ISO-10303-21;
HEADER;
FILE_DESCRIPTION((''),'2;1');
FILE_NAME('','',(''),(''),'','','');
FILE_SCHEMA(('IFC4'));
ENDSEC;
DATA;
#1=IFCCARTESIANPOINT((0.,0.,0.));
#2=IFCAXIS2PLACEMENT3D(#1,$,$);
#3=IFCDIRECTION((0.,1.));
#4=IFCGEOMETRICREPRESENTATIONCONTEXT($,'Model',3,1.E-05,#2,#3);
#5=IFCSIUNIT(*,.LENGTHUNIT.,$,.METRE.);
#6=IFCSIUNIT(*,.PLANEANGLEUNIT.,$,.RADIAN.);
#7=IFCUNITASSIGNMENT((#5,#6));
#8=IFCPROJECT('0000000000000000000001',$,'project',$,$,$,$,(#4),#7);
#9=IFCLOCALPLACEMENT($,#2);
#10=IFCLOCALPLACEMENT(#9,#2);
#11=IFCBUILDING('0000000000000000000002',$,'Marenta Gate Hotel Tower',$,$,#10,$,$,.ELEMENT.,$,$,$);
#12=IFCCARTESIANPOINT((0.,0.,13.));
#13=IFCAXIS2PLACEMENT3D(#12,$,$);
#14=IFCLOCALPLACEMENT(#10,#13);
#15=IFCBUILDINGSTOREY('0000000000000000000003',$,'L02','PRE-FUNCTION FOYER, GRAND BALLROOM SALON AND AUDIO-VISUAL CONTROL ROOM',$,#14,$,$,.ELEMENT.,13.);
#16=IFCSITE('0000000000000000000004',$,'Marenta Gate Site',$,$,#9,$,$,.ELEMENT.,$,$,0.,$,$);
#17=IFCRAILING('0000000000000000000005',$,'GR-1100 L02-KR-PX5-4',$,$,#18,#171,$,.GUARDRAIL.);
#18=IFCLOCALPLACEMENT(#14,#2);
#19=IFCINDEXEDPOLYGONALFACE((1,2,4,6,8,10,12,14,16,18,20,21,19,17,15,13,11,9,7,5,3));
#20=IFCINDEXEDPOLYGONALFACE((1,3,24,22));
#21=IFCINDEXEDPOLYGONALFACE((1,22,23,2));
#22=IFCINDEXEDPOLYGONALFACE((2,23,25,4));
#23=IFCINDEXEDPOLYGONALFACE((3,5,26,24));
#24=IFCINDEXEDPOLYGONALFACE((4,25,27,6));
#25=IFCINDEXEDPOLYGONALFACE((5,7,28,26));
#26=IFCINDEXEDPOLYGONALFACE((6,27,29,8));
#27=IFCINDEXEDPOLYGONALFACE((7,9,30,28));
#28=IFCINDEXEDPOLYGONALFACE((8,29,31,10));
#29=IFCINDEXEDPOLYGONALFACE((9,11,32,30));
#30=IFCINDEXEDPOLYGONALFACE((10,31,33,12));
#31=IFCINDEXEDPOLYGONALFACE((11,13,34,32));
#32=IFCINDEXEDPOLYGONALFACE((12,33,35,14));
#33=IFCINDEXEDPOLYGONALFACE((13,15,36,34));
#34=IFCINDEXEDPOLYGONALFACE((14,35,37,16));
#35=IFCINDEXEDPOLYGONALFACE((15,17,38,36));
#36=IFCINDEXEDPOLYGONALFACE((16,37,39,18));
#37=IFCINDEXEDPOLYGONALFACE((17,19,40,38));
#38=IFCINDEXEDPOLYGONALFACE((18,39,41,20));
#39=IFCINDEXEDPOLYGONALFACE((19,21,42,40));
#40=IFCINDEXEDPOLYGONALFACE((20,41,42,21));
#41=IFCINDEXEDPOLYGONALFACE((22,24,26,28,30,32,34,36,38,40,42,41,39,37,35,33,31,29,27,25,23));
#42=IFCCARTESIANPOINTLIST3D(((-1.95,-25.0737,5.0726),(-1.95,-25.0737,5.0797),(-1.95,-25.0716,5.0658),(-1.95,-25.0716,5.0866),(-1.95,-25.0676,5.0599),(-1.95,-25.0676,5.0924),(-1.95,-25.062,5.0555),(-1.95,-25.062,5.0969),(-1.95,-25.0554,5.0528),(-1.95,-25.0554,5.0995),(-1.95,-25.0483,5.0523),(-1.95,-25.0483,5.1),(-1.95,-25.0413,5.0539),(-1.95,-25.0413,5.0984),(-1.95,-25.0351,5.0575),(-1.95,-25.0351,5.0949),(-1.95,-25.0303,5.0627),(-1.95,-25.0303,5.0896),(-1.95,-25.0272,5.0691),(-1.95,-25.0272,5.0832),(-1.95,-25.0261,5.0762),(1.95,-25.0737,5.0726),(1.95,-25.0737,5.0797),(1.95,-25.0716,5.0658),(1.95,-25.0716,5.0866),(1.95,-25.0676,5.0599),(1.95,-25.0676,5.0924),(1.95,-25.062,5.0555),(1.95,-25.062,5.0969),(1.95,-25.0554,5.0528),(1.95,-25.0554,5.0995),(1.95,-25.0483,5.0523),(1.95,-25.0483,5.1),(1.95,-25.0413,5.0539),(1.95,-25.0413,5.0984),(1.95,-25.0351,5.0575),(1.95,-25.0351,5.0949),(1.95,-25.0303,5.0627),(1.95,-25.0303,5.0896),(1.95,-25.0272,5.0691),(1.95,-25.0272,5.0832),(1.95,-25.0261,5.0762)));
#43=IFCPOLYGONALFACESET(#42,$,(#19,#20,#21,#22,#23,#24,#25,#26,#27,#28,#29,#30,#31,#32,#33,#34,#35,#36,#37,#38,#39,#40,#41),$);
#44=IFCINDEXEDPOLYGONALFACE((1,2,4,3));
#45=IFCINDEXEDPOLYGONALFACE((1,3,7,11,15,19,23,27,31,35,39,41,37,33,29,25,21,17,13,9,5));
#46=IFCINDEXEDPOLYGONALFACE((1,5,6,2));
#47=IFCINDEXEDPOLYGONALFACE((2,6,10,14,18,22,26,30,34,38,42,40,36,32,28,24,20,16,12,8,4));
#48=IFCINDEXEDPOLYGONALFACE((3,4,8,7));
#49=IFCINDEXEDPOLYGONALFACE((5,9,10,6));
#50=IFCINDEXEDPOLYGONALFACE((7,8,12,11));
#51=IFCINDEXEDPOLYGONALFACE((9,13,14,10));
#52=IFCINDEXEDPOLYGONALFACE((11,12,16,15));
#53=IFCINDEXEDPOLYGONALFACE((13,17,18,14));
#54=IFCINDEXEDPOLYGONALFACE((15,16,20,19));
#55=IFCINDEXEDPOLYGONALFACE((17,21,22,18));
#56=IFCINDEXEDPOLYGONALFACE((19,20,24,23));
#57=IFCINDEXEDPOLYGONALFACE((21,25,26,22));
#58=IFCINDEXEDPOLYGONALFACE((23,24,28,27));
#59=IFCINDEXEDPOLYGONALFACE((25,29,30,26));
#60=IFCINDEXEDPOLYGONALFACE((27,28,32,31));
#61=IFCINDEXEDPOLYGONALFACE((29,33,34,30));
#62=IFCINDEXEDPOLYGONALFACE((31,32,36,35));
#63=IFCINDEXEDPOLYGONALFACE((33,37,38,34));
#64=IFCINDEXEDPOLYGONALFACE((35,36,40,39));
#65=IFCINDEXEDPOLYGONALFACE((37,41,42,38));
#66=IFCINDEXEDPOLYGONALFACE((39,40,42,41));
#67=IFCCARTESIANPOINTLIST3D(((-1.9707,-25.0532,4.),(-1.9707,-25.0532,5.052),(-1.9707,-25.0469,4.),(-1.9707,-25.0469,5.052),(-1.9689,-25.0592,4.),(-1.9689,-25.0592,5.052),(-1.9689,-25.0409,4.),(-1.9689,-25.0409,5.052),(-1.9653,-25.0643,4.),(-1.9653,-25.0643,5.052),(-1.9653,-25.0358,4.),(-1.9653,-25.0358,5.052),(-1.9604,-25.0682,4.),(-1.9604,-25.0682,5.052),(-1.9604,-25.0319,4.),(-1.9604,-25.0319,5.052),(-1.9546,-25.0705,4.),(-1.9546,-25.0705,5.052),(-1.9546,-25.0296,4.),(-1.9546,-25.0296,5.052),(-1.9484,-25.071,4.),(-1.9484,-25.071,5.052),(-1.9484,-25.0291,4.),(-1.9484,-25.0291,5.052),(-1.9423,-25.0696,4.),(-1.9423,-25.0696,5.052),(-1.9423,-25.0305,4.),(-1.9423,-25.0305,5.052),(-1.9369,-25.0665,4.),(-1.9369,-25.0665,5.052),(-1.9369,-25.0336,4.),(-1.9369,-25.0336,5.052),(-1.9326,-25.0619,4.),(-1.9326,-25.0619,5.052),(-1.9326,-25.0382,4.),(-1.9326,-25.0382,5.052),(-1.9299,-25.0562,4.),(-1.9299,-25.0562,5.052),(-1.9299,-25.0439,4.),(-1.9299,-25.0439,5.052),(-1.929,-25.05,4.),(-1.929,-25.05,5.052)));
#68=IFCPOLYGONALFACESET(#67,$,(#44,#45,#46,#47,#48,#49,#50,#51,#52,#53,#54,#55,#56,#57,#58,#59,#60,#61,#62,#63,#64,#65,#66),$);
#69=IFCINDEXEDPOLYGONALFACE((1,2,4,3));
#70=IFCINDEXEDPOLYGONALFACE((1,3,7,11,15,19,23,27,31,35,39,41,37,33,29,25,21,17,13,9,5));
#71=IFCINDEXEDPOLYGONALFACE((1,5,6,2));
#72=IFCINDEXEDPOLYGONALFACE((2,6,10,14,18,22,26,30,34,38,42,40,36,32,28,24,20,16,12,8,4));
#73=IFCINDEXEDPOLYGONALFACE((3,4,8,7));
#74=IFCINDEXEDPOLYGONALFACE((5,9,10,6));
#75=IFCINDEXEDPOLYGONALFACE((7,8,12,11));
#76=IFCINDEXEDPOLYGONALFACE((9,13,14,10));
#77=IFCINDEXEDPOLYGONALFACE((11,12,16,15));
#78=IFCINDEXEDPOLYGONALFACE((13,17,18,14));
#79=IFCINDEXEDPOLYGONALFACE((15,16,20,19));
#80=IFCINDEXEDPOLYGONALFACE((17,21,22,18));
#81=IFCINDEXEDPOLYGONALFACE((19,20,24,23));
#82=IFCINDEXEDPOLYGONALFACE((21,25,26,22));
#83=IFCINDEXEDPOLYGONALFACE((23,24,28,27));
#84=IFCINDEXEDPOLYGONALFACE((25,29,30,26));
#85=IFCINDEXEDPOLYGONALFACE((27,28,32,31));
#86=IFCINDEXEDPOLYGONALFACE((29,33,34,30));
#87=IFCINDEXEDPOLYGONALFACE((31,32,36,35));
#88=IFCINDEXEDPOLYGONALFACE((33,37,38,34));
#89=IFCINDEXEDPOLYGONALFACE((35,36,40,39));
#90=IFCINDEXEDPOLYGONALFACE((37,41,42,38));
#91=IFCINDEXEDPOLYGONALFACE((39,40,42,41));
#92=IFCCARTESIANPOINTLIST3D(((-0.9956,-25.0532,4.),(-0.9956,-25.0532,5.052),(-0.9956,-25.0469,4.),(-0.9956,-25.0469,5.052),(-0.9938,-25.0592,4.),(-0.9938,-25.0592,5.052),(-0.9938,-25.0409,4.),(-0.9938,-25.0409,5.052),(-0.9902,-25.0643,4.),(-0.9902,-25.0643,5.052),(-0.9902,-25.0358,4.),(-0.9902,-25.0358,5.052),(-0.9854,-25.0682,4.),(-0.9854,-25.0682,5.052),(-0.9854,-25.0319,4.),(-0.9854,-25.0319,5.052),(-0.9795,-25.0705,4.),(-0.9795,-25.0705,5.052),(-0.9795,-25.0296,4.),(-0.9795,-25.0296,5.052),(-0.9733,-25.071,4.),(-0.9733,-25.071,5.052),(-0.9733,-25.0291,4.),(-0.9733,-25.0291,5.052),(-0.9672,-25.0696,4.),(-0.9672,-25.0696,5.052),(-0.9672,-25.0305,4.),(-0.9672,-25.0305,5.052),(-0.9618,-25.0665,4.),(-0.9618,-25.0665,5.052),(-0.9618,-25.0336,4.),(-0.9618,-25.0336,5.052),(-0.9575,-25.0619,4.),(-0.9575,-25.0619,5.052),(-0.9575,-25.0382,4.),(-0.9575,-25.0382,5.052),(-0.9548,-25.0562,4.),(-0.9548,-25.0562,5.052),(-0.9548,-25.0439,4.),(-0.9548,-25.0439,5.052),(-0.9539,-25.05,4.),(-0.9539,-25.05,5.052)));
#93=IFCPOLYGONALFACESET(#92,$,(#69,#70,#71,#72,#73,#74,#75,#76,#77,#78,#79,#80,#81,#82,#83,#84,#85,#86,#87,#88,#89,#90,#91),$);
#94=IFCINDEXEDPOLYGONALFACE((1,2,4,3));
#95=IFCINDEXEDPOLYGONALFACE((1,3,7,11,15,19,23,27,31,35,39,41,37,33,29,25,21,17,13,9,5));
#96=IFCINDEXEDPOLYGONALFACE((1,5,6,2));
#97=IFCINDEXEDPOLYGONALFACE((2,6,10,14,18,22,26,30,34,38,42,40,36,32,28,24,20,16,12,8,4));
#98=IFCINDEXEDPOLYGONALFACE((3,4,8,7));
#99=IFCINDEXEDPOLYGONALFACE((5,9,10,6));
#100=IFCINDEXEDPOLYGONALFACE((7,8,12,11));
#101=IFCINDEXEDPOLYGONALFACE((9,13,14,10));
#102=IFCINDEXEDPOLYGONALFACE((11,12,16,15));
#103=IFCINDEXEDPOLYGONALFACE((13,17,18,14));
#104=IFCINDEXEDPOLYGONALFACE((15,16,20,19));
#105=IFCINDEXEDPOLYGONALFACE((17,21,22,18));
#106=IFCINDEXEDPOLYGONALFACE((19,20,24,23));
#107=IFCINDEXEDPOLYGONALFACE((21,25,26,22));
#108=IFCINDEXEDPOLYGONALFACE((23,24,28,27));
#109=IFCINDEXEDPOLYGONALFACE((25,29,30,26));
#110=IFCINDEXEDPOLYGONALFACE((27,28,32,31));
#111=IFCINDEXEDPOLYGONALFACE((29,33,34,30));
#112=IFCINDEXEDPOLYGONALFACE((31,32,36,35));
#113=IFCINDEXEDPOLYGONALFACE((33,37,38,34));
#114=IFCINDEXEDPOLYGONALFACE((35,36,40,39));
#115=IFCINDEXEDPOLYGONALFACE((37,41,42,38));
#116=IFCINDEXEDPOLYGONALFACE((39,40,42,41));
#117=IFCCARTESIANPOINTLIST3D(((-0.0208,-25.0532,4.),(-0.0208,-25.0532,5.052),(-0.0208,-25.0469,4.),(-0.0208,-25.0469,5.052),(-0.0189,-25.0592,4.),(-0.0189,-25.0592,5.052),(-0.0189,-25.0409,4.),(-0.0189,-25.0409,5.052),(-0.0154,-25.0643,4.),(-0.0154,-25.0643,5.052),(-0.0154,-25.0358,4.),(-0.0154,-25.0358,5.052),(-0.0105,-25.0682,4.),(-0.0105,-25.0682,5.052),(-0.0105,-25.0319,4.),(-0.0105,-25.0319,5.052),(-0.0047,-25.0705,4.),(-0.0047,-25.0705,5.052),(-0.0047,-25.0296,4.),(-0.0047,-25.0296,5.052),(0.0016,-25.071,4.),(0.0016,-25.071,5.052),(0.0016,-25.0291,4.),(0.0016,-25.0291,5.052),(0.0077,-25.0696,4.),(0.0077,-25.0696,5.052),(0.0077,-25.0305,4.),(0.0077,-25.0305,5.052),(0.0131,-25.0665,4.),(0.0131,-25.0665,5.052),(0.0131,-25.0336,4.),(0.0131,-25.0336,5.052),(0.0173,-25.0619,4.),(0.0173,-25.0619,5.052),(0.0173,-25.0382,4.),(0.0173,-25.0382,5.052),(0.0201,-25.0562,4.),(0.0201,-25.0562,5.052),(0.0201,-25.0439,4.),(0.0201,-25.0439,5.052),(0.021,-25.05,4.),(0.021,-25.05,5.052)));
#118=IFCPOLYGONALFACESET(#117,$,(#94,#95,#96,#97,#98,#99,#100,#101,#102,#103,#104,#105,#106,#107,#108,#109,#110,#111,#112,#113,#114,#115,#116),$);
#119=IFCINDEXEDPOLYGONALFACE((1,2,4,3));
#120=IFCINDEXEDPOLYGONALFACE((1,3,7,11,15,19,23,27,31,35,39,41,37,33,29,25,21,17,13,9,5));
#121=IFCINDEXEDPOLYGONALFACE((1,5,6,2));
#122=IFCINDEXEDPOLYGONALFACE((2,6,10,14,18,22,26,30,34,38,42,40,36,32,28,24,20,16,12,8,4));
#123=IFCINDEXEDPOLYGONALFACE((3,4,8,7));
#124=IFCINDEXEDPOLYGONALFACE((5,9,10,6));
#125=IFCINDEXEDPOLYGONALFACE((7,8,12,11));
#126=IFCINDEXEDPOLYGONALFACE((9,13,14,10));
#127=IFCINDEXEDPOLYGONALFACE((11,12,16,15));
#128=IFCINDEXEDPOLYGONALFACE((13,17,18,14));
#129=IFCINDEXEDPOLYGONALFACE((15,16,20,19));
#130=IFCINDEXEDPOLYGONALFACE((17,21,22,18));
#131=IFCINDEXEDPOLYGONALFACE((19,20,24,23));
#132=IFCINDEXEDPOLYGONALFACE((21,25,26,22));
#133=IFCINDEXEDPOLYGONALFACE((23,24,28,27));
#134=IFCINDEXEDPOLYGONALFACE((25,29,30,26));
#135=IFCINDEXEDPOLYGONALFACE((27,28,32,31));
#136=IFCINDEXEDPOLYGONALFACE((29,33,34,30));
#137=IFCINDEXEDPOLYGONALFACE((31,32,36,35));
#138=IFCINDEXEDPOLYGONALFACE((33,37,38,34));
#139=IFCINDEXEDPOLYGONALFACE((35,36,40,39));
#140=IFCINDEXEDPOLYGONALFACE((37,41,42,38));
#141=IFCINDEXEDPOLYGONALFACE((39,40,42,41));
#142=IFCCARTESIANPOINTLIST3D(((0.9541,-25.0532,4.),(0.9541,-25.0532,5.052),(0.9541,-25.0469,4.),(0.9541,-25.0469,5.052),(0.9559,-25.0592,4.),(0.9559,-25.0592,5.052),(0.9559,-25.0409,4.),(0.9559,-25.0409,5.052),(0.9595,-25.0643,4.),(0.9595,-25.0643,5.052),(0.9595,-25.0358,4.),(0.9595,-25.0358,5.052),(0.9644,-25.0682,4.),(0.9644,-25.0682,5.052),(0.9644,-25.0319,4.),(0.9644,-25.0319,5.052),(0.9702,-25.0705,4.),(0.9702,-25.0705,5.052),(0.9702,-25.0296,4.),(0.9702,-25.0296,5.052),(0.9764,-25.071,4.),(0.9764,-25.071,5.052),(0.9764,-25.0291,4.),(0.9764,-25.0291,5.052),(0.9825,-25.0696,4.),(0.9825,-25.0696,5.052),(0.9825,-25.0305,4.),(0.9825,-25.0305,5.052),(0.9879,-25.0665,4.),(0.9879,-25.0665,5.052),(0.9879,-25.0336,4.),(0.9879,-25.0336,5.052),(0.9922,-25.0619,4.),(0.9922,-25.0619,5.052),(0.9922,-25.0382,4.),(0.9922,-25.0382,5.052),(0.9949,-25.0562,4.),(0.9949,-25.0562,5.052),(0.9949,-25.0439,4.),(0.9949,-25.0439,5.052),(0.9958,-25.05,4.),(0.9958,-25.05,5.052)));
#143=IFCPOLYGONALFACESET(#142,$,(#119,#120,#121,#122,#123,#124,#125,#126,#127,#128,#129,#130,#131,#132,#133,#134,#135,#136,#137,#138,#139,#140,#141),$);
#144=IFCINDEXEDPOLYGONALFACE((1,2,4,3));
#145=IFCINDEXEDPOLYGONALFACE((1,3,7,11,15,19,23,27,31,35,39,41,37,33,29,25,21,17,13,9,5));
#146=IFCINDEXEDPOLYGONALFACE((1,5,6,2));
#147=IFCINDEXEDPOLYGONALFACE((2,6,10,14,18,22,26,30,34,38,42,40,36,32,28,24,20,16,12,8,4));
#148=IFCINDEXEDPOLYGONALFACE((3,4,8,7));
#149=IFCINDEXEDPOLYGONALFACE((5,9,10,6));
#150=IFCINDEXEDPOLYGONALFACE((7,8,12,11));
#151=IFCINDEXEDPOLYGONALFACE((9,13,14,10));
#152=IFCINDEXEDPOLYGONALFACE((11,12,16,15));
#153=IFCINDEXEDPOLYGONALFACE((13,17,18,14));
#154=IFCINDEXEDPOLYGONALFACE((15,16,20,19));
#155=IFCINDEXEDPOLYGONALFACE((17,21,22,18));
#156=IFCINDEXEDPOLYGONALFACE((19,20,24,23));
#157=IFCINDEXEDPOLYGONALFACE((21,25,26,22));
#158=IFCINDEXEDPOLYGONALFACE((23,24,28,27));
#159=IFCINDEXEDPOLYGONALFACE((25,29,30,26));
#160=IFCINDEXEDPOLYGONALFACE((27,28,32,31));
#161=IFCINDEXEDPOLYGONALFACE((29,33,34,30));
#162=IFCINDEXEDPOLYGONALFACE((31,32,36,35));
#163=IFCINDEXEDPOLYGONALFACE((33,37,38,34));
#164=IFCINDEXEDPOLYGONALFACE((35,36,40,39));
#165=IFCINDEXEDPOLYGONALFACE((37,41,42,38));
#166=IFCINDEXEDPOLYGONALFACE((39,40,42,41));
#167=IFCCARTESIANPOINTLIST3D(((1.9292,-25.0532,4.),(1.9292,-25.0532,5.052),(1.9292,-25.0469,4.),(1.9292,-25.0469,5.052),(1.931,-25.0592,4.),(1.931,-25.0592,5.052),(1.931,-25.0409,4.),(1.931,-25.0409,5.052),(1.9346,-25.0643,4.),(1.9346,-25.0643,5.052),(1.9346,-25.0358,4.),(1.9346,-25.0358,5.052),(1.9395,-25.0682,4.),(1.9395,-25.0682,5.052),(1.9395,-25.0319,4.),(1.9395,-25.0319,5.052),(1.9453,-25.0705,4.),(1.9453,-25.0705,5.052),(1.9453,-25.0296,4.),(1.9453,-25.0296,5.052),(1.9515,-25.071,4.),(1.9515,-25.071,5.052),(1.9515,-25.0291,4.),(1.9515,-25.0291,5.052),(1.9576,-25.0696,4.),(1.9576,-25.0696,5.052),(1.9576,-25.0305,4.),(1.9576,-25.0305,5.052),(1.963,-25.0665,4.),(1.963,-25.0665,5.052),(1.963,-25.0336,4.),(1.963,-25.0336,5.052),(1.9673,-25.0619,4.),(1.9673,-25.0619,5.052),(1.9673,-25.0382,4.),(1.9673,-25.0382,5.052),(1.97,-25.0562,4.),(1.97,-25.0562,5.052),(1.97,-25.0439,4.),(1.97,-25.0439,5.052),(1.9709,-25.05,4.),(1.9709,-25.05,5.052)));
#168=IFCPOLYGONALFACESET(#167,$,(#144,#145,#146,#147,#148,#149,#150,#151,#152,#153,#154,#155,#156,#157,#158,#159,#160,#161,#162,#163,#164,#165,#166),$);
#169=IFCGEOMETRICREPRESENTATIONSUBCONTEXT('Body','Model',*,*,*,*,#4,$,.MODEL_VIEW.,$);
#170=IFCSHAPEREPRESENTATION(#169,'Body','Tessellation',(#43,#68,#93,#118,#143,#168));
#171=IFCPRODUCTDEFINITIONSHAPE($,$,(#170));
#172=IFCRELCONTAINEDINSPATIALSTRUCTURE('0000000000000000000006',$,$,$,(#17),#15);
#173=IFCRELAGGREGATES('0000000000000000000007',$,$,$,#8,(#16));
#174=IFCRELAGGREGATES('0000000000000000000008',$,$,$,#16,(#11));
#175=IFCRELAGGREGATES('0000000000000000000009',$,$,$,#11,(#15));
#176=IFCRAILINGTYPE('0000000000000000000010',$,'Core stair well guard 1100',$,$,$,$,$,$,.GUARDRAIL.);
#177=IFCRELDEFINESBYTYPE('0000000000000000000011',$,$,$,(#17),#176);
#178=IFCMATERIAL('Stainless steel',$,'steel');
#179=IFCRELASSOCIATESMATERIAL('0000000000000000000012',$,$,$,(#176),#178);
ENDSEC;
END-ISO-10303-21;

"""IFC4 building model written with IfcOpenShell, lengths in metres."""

from ifc_helpers import new_model, si_unit, direction, frame, origin, origin_2d, place, context, subcontext, project, spatial, circle, extrude, material, type_object, element, save


model = new_model("IFC4")

# Units and contexts
model_context = context("Model", 3, precision=1e-05, world=origin(), true_north=direction((0.0, 1.0)))
body_context = subcontext(model_context, "Body", "Model", "MODEL_VIEW")
ifc_project = project(units=[si_unit("LENGTHUNIT", "METRE"), si_unit("PLANEANGLEUNIT", "RADIAN")], contexts=[model_context])

# Site, building, storey
site_placement = place(None, origin())
site = spatial("IfcSite", under=ifc_project, at=site_placement, Name="Marenta Gate Site", CompositionType="ELEMENT", RefElevation=0.0)
building_placement = place(site_placement, origin())
building = spatial("IfcBuilding", under=site, at=building_placement, Name="Marenta Gate Hotel Tower", CompositionType="ELEMENT")
storey_placement = place(building_placement, frame((0.0, 0.0, 13.0)))
storey = spatial("IfcBuildingStorey", under=building, at=storey_placement, Name="L02", Description="PRE-FUNCTION FOYER, GRAND BALLROOM SALON AND AUDIO-VISUAL CONTROL ROOM", CompositionType="ELEMENT", Elevation=13.0)

# Railing
ifc_material_1 = material(Name="Stainless steel", Category="steel")
railing_type_1 = type_object("IfcRailingType", Name="Core stair well guard 1100", PredefinedType="GUARDRAIL", material=ifc_material_1)
for number, where, name in (
    (1, (-1.95, -25.05, 4.0), "GR-1100 L02-KR-PX5-4"),
):
    element("IfcRailing", number, at=place(storey_placement, frame(where)), inside=storey, type_object=railing_type_1, Name=name, PredefinedType="GUARDRAIL", context=body_context, shape_type="SweptSolid", body=[
        extrude(circle(Radius=0.0239, at=origin_2d()), frame((0.0, 0.0, 1.0762), z_axis=(1.0, 0.0, 0.0), x_axis=(0.0, 1.0, 0.0)), (0.0, 0.0, 1.0), 3.8999),
        extrude(circle(Radius=0.021, at=origin_2d()), origin(), (0.0, 0.0, 1.0), 1.052),
        extrude(circle(Radius=0.021, at=origin_2d()), frame((0.9751, 0.0, 0.0)), (0.0, 0.0, 1.0), 1.052),
        extrude(circle(Radius=0.021, at=origin_2d()), frame((1.95, 0.0, 0.0)), (0.0, 0.0, 1.0), 1.052),
        extrude(circle(Radius=0.021, at=origin_2d()), frame((2.9248, 0.0, 0.0)), (0.0, 0.0, 1.0), 1.052),
        extrude(circle(Radius=0.021, at=origin_2d()), frame((3.8999, 0.0, 0.0)), (0.0, 0.0, 1.0), 1.052),
    ])

save(model, "model.ifc")
